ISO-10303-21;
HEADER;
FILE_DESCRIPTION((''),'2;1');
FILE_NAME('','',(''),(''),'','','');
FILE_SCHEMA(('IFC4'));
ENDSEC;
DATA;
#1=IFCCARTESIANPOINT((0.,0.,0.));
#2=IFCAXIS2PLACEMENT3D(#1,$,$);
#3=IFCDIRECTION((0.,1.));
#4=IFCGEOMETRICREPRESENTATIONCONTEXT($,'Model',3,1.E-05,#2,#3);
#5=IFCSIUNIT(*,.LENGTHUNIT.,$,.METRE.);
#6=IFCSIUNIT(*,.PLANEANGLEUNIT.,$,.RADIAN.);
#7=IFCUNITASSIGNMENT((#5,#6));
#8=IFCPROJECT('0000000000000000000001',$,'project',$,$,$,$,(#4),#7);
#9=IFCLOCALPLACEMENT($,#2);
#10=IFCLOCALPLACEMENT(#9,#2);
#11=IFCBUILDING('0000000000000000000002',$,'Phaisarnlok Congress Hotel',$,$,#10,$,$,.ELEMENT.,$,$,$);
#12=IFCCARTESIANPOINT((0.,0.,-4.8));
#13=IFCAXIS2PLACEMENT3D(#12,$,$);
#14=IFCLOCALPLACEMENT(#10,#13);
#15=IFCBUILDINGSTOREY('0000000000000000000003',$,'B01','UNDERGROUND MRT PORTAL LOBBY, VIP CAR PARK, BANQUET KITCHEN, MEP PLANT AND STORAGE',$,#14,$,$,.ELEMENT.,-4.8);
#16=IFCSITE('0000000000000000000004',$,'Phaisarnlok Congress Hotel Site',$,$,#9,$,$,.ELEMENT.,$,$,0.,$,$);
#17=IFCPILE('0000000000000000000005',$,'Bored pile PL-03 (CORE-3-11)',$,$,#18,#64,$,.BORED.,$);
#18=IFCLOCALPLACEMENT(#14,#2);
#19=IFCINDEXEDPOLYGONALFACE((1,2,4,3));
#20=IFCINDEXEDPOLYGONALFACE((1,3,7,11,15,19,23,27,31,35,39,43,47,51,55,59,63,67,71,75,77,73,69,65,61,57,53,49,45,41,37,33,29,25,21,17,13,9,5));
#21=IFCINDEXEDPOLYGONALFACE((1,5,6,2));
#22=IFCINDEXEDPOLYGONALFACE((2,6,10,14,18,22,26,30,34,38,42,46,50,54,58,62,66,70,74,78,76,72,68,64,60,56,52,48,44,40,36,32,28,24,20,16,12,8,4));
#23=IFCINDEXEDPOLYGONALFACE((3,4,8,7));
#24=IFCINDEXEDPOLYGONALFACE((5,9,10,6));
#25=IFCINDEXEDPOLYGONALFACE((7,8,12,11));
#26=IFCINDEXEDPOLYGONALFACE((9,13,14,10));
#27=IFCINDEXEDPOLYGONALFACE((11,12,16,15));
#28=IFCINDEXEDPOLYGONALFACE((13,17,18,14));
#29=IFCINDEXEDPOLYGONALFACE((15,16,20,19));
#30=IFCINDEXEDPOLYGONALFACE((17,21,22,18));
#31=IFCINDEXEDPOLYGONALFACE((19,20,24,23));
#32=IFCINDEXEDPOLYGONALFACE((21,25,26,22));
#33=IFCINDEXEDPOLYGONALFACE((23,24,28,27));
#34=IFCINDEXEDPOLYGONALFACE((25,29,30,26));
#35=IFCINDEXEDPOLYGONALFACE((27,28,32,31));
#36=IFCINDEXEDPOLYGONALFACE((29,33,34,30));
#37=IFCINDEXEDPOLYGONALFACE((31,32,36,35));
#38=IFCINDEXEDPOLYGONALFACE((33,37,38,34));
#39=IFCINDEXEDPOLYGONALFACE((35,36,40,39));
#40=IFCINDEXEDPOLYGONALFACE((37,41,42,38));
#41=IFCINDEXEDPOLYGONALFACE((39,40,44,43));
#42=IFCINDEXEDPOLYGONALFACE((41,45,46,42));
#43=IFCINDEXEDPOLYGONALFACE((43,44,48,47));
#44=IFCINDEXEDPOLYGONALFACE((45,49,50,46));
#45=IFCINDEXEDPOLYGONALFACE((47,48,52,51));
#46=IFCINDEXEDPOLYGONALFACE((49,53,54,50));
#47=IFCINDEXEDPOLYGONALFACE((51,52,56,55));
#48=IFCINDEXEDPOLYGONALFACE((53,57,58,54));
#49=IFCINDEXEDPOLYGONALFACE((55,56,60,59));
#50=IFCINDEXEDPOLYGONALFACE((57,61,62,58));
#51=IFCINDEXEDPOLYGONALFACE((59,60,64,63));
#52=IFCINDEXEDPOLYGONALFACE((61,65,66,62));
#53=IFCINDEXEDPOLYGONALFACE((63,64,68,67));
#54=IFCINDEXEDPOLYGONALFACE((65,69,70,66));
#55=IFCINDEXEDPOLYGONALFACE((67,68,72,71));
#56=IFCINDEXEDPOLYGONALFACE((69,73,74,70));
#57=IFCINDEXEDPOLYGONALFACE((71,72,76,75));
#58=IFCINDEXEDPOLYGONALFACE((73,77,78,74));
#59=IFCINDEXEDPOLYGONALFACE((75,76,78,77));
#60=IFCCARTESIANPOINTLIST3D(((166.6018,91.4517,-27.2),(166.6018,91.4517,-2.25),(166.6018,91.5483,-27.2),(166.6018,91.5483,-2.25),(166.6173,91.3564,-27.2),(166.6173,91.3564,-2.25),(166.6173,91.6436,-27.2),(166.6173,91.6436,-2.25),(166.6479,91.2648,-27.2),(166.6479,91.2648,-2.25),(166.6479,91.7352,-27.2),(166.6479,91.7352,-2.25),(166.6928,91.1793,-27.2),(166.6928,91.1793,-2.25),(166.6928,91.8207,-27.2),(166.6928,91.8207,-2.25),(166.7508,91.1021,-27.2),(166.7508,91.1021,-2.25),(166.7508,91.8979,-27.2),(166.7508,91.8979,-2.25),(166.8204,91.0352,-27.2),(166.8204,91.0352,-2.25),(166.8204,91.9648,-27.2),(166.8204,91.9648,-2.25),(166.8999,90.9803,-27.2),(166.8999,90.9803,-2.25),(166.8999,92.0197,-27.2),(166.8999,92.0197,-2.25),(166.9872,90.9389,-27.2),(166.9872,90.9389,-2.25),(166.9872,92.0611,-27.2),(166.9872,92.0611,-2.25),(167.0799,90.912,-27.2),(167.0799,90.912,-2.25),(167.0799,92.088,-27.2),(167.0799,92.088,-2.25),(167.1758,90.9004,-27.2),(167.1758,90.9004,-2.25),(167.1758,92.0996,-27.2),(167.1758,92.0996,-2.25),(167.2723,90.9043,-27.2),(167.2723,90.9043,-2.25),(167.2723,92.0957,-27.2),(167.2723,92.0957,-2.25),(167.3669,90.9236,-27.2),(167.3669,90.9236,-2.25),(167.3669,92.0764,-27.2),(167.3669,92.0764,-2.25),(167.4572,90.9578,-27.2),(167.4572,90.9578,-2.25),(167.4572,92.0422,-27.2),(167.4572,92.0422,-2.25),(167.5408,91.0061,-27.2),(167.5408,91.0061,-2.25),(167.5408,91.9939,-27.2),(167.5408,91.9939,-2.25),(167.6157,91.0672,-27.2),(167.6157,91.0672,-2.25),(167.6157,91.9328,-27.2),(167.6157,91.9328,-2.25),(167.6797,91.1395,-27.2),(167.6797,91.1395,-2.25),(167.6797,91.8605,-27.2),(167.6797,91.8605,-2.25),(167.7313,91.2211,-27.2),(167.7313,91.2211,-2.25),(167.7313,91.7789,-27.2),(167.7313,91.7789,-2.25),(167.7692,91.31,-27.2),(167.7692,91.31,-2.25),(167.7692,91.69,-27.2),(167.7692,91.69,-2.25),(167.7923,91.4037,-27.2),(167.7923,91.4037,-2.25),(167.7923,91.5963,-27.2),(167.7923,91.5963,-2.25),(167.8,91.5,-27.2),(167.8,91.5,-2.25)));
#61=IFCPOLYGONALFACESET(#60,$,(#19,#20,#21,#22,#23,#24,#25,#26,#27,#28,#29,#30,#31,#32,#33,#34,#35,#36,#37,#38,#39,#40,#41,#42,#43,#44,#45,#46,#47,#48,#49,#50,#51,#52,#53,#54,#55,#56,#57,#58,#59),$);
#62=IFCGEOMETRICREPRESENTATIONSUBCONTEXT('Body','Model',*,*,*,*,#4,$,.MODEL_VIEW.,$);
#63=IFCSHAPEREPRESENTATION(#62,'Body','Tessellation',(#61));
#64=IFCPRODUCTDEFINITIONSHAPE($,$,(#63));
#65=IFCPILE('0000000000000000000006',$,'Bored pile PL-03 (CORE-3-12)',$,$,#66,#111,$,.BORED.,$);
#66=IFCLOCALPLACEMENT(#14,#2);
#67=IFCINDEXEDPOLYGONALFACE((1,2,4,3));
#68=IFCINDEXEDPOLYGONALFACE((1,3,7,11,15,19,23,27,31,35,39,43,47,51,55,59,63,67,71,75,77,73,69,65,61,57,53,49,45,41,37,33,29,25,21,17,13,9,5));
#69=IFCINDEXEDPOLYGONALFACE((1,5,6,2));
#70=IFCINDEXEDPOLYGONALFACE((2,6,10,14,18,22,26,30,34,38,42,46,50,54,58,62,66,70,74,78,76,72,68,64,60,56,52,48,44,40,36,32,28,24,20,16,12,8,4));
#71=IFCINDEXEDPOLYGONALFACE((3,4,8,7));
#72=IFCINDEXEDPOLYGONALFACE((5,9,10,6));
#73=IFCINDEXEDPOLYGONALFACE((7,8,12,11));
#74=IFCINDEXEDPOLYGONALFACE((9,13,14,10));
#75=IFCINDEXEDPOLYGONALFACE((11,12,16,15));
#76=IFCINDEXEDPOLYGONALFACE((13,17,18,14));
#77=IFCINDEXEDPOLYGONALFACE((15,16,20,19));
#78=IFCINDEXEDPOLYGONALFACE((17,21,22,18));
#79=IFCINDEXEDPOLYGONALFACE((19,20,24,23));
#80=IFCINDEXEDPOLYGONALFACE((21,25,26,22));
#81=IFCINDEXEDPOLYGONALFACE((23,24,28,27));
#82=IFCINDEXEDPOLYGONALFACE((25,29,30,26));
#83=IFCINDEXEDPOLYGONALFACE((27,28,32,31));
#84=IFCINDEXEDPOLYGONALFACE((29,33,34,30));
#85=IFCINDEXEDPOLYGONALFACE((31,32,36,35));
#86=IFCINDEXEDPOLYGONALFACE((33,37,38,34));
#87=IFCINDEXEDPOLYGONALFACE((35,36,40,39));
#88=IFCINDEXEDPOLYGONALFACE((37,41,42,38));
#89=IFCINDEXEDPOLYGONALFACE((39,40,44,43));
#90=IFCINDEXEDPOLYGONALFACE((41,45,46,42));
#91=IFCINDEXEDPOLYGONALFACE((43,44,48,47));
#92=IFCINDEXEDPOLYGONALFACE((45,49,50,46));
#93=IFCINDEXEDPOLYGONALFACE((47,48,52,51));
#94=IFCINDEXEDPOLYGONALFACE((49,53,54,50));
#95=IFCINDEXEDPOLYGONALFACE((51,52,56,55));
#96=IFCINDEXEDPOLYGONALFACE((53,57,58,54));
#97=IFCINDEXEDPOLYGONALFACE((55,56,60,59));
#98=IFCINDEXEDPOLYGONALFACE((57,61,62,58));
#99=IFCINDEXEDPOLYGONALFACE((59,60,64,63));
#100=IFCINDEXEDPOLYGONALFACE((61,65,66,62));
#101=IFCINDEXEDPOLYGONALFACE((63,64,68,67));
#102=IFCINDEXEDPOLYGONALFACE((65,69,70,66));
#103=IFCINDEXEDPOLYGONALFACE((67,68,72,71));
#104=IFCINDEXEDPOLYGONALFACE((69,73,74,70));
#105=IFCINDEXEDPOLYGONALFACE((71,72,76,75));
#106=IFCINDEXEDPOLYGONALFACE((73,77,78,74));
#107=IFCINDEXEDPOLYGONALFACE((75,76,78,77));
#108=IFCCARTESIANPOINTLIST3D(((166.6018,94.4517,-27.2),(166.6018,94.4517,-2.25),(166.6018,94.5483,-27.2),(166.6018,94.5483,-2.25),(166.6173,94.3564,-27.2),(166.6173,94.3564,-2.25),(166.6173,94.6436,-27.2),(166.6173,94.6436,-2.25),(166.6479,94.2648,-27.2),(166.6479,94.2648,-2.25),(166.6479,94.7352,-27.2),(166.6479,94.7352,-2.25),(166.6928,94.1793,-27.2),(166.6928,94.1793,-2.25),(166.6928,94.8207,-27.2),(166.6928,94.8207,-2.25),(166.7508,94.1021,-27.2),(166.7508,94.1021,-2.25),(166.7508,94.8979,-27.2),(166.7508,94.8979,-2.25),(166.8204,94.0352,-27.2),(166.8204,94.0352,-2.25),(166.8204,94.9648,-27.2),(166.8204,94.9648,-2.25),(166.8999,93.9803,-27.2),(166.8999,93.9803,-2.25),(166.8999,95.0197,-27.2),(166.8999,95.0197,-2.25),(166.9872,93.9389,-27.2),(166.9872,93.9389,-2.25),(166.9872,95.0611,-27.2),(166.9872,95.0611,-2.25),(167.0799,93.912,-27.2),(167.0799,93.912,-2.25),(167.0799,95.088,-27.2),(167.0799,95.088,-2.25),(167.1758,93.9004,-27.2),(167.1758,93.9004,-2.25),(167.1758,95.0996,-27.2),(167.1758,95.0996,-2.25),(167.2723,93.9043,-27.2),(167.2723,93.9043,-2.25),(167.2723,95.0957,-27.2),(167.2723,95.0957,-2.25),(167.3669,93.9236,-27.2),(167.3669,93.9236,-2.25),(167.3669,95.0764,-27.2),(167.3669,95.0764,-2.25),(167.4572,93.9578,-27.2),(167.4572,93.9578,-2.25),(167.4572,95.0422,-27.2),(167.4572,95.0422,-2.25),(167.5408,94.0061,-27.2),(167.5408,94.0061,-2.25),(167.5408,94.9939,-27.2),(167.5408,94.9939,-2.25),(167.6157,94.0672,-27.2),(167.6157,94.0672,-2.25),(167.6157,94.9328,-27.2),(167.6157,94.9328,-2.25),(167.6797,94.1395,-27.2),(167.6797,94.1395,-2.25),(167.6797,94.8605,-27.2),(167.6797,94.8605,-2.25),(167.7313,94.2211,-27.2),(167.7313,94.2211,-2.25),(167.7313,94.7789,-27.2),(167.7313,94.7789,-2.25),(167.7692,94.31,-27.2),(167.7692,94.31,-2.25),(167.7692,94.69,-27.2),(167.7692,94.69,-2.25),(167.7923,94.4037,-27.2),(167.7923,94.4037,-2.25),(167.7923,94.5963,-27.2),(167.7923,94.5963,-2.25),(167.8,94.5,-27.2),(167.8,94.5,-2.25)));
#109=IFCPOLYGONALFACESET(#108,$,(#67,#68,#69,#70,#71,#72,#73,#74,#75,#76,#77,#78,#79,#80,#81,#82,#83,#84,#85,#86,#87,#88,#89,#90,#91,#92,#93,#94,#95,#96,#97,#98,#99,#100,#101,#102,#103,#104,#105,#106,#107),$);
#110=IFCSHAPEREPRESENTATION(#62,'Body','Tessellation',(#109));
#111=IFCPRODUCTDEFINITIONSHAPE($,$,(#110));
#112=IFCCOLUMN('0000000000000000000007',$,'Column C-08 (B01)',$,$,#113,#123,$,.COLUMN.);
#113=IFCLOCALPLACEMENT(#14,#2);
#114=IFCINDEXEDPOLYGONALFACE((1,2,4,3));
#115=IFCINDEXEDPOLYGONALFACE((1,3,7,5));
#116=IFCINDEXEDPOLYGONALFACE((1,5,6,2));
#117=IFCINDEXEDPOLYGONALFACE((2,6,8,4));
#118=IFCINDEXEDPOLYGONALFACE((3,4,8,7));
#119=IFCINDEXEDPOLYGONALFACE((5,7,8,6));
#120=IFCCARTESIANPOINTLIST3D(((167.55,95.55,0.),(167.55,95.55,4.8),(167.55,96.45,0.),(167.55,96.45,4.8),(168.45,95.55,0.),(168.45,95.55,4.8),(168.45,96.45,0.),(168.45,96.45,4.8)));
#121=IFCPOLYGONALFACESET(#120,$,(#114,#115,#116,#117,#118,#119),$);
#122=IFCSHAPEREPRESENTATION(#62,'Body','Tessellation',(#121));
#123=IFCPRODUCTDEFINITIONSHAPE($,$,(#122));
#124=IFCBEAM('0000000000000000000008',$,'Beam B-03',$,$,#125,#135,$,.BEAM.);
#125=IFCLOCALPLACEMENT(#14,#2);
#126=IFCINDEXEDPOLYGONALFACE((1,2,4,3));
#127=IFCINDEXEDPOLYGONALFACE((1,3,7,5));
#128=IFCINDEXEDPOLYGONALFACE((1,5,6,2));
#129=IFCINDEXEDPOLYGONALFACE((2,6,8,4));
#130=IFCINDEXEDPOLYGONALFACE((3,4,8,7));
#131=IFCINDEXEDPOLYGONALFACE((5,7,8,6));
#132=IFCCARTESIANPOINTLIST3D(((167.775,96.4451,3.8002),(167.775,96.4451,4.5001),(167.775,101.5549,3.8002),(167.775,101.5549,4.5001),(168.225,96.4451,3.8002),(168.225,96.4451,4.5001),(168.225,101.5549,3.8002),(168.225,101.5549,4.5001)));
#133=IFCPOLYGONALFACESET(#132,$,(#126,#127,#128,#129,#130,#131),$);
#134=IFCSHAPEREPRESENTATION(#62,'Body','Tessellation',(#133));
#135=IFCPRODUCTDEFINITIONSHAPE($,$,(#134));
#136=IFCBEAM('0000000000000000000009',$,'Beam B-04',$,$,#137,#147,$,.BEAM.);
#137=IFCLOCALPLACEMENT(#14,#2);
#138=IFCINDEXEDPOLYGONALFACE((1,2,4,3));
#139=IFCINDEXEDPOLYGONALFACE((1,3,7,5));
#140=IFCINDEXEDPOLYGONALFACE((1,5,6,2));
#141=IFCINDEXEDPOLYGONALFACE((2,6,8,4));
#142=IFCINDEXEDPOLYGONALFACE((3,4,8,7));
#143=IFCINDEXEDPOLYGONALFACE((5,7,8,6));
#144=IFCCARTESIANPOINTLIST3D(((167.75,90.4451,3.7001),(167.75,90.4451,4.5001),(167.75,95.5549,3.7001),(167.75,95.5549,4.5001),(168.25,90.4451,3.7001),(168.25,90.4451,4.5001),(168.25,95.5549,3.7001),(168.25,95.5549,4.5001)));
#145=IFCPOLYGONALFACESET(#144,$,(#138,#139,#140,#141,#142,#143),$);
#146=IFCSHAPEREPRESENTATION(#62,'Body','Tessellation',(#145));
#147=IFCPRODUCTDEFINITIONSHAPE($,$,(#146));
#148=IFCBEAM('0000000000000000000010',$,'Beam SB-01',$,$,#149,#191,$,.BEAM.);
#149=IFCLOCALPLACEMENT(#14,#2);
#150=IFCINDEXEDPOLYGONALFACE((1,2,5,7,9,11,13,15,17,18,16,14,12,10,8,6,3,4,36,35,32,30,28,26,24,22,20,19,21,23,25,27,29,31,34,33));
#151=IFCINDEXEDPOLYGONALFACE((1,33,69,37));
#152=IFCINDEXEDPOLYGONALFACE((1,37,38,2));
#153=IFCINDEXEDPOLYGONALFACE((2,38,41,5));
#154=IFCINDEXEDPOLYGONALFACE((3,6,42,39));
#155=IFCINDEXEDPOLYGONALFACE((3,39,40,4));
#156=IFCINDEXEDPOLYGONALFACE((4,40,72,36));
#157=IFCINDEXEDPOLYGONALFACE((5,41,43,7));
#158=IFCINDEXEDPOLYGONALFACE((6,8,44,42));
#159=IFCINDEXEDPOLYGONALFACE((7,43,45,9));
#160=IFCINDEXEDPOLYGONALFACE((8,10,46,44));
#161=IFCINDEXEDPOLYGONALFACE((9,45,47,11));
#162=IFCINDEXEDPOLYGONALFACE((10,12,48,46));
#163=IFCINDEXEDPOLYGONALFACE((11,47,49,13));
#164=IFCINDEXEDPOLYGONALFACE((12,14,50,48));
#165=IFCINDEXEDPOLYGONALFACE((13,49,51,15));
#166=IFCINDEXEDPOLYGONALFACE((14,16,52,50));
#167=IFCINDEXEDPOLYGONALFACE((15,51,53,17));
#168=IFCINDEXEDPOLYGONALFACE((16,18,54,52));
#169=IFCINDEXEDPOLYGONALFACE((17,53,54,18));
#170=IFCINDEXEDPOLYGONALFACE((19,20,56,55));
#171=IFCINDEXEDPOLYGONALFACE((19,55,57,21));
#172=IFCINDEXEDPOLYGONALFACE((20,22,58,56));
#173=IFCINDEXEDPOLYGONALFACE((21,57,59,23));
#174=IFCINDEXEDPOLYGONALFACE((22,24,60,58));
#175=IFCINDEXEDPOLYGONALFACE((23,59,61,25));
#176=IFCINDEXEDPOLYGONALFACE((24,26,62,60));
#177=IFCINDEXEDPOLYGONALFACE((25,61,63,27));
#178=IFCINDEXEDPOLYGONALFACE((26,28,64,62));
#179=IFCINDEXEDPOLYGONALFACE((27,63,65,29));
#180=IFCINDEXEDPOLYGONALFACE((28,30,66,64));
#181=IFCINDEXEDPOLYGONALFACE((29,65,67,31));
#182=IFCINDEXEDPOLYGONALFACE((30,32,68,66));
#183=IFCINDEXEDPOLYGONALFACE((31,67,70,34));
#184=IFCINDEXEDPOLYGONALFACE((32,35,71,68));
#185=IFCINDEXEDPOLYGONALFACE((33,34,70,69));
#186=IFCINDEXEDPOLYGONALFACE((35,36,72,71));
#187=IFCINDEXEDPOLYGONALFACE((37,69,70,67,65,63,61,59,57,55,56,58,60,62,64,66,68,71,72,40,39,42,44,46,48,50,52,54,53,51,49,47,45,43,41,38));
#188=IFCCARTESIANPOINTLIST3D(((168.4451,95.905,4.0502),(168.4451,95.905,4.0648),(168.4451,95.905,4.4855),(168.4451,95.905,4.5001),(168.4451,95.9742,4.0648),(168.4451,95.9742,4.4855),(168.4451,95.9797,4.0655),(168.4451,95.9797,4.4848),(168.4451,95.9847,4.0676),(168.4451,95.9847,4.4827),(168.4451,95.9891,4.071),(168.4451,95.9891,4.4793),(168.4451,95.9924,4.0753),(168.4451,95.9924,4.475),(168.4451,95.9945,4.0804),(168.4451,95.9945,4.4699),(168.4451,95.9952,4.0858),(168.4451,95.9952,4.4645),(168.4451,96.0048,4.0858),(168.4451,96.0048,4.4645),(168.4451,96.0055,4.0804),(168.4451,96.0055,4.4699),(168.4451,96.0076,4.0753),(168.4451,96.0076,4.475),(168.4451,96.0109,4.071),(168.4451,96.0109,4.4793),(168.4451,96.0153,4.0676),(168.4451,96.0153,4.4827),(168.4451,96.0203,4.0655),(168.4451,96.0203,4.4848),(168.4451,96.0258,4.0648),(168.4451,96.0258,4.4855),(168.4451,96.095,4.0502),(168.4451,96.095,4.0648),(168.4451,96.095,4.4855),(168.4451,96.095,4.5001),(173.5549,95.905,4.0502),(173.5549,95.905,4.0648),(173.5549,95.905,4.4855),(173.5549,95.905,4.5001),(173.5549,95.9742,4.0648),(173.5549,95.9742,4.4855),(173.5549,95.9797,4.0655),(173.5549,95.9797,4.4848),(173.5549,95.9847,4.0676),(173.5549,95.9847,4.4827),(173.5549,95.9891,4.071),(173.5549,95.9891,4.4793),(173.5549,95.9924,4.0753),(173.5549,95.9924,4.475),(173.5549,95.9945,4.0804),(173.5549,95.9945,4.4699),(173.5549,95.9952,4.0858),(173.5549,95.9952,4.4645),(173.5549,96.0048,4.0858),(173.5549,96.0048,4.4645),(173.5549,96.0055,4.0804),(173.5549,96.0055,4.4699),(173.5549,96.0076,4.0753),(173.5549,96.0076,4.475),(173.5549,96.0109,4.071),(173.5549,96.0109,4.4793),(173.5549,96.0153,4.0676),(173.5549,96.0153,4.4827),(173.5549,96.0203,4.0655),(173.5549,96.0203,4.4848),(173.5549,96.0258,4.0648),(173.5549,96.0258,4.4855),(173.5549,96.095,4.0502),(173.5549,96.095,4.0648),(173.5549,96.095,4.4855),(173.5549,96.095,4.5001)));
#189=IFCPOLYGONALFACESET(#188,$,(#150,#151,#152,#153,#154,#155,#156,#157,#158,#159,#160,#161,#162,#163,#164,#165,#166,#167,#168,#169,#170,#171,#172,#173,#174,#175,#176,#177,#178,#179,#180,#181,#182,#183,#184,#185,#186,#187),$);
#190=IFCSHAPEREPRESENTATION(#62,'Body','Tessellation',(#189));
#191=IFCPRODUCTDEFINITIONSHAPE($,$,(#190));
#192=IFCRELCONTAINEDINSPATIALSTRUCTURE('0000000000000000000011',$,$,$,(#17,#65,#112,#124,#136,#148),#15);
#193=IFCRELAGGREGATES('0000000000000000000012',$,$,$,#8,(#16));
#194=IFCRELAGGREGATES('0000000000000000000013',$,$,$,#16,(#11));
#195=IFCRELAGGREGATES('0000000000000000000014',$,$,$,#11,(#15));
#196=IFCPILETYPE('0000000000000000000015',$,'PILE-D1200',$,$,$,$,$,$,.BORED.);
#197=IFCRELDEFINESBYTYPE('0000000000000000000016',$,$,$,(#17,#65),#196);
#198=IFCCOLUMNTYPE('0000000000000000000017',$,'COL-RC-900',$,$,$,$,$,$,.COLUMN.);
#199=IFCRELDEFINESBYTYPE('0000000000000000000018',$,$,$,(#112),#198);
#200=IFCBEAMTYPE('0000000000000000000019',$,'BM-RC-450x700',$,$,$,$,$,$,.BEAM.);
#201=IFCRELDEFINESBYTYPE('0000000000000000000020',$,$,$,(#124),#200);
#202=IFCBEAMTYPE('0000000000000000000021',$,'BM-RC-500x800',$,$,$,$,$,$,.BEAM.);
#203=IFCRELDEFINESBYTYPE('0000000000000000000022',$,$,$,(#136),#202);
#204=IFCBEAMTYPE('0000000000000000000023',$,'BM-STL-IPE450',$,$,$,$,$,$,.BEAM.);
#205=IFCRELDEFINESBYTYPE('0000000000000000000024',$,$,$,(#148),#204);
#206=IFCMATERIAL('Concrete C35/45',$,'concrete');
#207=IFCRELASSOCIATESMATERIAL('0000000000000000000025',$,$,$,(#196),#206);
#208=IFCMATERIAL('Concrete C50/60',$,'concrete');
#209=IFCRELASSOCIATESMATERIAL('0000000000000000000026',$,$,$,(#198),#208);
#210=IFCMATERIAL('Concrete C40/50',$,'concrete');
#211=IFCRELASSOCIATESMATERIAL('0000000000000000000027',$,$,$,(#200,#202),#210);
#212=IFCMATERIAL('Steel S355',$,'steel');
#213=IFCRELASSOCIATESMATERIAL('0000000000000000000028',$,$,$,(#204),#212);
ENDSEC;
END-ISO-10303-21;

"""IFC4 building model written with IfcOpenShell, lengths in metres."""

from ifc_helpers import new_model, si_unit, direction, frame, origin, origin_2d, place, context, subcontext, project, spatial, rectangle, circle, i_section, extrude, material, material_profile, profile_set, type_object, element, save


model = new_model("IFC4")

# Units and contexts
model_context = context("Model", 3, precision=1e-05, world=origin(), true_north=direction((0.0, 1.0)))
body_context = subcontext(model_context, "Body", "Model", "MODEL_VIEW")
ifc_project = project(units=[si_unit("LENGTHUNIT", "METRE"), si_unit("PLANEANGLEUNIT", "RADIAN")], contexts=[model_context])

# Site, building, storey
site_placement = place(None, origin())
site = spatial("IfcSite", under=ifc_project, at=site_placement, Name="Phaisarnlok Congress Hotel Site", CompositionType="ELEMENT", RefElevation=0.0)
building_placement = place(site_placement, origin())
building = spatial("IfcBuilding", under=site, at=building_placement, Name="Phaisarnlok Congress Hotel", CompositionType="ELEMENT")
storey_placement = place(building_placement, frame((0.0, 0.0, -4.8)))
storey = spatial("IfcBuildingStorey", under=building, at=storey_placement, Name="B01", Description="UNDERGROUND MRT PORTAL LOBBY, VIP CAR PARK, BANQUET KITCHEN, MEP PLANT AND STORAGE", CompositionType="ELEMENT", Elevation=-4.8)

# Piles
ifc_material_1 = material(Name="Concrete C35/45", Category="concrete")
ifc_material_profile_1 = material_profile(ifc_material_1, circle(Radius=0.6001, at=origin_2d()), Name="BORED PILE D1200")
ifc_profile_set_1 = profile_set([ifc_material_profile_1], Name="Concrete C35/45")
pile_type_1 = type_object("IfcPileType", Name="PILE-D1200", PredefinedType="BORED", material=ifc_profile_set_1)
for number, where, z_axis, x_axis, name in (
    (1, (167.2, 91.5, -2.25), (0.0, 0.0, -1.0), (1.0, 0.0, 0.0), "Bored pile PL-03 (CORE-3-11)"),
    (2, (167.2, 94.5, -2.25), (0.0, 0.0, -1.0), (1.0, 0.0, 0.0), "Bored pile PL-03 (CORE-3-12)"),
):
    element("IfcPile", number, at=place(storey_placement, frame(where, z_axis=z_axis, x_axis=x_axis)), inside=storey, type_object=pile_type_1, Name=name, PredefinedType="BORED", context=body_context, shape_type="SweptSolid", body=[
        extrude(circle(Radius=0.6001, at=origin_2d()), origin(), (0.0, 0.0, 1.0), 24.95),
    ])

# Column
ifc_material_2 = material(Name="Concrete C50/60", Category="concrete")
ifc_material_profile_2 = material_profile(ifc_material_2, rectangle(XDim=0.8999, YDim=0.8999, at=origin_2d()), Name="RC 900x900")
ifc_profile_set_2 = profile_set([ifc_material_profile_2], Name="Concrete C50/60")
column_type = type_object("IfcColumnType", Name="COL-RC-900", PredefinedType="COLUMN", material=ifc_profile_set_2)
column_placement = place(storey_placement, frame((168.0, 96.0, 0.0), z_axis=(0.0, 0.0, 1.0), x_axis=(1.0, 0.0, 0.0)))
element("IfcColumn", 3, at=column_placement, inside=storey, type_object=column_type, Name="Column C-08 (B01)", PredefinedType="COLUMN", context=body_context, shape_type="SweptSolid", body=[
    extrude(rectangle(XDim=0.8999, YDim=0.8999, at=origin_2d()), origin(), (0.0, 0.0, 1.0), 4.8),
])

# Beams
ifc_material_3 = material(Name="Concrete C40/50", Category="concrete")
ifc_material_profile_3 = material_profile(ifc_material_3, rectangle(XDim=0.45, YDim=0.7, at=origin_2d()), Name="RC 450x700")
ifc_profile_set_3 = profile_set([ifc_material_profile_3], Name="Concrete C40/50")
beam_type_1 = type_object("IfcBeamType", Name="BM-RC-450x700", PredefinedType="BEAM", material=ifc_profile_set_3)
beam_1_placement = place(storey_placement, frame((168.0, 96.4451, 4.1501), z_axis=(0.0, 1.0, 0.0), x_axis=(-1.0, 0.0, 0.0)))
element("IfcBeam", 4, at=beam_1_placement, inside=storey, type_object=beam_type_1, Name="Beam B-03", PredefinedType="BEAM", context=body_context, shape_type="SweptSolid", body=[
    extrude(rectangle(XDim=0.45, YDim=0.7, at=origin_2d()), origin(), (0.0, 0.0, 1.0), 5.1099),
])
ifc_material_profile_4 = material_profile(ifc_material_3, rectangle(XDim=0.5, YDim=0.8, at=origin_2d()), Name="RC 500x800")
ifc_profile_set_4 = profile_set([ifc_material_profile_4], Name="Concrete C40/50")
beam_type_2 = type_object("IfcBeamType", Name="BM-RC-500x800", PredefinedType="BEAM", material=ifc_profile_set_4)
beam_2_placement = place(storey_placement, frame((168.0, 90.4451, 4.1001), z_axis=(0.0, 1.0, 0.0), x_axis=(-1.0, 0.0, 0.0)))
element("IfcBeam", 5, at=beam_2_placement, inside=storey, type_object=beam_type_2, Name="Beam B-04", PredefinedType="BEAM", context=body_context, shape_type="SweptSolid", body=[
    extrude(rectangle(XDim=0.5, YDim=0.8, at=origin_2d()), origin(), (0.0, 0.0, 1.0), 5.1099),
])
ifc_material_4 = material(Name="Steel S355", Category="steel")
ifc_material_profile_5 = material_profile(ifc_material_4, i_section(OverallWidth=0.1899, OverallDepth=0.45, WebThickness=0.0095, FlangeThickness=0.0146, FilletRadius=0.021, at=origin_2d()), Name="IPE 450")
ifc_profile_set_5 = profile_set([ifc_material_profile_5], Name="Steel S355")
beam_type_3 = type_object("IfcBeamType", Name="BM-STL-IPE450", PredefinedType="BEAM", material=ifc_profile_set_5)
beam_3_placement = place(storey_placement, frame((168.4451, 96.0, 4.2751), z_axis=(1.0, 0.0, 0.0), x_axis=(0.0, 1.0, 0.0)))
element("IfcBeam", 6, at=beam_3_placement, inside=storey, type_object=beam_type_3, Name="Beam SB-01", PredefinedType="BEAM", context=body_context, shape_type="SweptSolid", body=[
    extrude(i_section(OverallWidth=0.1899, OverallDepth=0.45, WebThickness=0.0095, FlangeThickness=0.0146, FilletRadius=0.021, at=origin_2d()), origin(), (0.0, 0.0, 1.0), 5.1099),
])

save(model, "model.ifc")
